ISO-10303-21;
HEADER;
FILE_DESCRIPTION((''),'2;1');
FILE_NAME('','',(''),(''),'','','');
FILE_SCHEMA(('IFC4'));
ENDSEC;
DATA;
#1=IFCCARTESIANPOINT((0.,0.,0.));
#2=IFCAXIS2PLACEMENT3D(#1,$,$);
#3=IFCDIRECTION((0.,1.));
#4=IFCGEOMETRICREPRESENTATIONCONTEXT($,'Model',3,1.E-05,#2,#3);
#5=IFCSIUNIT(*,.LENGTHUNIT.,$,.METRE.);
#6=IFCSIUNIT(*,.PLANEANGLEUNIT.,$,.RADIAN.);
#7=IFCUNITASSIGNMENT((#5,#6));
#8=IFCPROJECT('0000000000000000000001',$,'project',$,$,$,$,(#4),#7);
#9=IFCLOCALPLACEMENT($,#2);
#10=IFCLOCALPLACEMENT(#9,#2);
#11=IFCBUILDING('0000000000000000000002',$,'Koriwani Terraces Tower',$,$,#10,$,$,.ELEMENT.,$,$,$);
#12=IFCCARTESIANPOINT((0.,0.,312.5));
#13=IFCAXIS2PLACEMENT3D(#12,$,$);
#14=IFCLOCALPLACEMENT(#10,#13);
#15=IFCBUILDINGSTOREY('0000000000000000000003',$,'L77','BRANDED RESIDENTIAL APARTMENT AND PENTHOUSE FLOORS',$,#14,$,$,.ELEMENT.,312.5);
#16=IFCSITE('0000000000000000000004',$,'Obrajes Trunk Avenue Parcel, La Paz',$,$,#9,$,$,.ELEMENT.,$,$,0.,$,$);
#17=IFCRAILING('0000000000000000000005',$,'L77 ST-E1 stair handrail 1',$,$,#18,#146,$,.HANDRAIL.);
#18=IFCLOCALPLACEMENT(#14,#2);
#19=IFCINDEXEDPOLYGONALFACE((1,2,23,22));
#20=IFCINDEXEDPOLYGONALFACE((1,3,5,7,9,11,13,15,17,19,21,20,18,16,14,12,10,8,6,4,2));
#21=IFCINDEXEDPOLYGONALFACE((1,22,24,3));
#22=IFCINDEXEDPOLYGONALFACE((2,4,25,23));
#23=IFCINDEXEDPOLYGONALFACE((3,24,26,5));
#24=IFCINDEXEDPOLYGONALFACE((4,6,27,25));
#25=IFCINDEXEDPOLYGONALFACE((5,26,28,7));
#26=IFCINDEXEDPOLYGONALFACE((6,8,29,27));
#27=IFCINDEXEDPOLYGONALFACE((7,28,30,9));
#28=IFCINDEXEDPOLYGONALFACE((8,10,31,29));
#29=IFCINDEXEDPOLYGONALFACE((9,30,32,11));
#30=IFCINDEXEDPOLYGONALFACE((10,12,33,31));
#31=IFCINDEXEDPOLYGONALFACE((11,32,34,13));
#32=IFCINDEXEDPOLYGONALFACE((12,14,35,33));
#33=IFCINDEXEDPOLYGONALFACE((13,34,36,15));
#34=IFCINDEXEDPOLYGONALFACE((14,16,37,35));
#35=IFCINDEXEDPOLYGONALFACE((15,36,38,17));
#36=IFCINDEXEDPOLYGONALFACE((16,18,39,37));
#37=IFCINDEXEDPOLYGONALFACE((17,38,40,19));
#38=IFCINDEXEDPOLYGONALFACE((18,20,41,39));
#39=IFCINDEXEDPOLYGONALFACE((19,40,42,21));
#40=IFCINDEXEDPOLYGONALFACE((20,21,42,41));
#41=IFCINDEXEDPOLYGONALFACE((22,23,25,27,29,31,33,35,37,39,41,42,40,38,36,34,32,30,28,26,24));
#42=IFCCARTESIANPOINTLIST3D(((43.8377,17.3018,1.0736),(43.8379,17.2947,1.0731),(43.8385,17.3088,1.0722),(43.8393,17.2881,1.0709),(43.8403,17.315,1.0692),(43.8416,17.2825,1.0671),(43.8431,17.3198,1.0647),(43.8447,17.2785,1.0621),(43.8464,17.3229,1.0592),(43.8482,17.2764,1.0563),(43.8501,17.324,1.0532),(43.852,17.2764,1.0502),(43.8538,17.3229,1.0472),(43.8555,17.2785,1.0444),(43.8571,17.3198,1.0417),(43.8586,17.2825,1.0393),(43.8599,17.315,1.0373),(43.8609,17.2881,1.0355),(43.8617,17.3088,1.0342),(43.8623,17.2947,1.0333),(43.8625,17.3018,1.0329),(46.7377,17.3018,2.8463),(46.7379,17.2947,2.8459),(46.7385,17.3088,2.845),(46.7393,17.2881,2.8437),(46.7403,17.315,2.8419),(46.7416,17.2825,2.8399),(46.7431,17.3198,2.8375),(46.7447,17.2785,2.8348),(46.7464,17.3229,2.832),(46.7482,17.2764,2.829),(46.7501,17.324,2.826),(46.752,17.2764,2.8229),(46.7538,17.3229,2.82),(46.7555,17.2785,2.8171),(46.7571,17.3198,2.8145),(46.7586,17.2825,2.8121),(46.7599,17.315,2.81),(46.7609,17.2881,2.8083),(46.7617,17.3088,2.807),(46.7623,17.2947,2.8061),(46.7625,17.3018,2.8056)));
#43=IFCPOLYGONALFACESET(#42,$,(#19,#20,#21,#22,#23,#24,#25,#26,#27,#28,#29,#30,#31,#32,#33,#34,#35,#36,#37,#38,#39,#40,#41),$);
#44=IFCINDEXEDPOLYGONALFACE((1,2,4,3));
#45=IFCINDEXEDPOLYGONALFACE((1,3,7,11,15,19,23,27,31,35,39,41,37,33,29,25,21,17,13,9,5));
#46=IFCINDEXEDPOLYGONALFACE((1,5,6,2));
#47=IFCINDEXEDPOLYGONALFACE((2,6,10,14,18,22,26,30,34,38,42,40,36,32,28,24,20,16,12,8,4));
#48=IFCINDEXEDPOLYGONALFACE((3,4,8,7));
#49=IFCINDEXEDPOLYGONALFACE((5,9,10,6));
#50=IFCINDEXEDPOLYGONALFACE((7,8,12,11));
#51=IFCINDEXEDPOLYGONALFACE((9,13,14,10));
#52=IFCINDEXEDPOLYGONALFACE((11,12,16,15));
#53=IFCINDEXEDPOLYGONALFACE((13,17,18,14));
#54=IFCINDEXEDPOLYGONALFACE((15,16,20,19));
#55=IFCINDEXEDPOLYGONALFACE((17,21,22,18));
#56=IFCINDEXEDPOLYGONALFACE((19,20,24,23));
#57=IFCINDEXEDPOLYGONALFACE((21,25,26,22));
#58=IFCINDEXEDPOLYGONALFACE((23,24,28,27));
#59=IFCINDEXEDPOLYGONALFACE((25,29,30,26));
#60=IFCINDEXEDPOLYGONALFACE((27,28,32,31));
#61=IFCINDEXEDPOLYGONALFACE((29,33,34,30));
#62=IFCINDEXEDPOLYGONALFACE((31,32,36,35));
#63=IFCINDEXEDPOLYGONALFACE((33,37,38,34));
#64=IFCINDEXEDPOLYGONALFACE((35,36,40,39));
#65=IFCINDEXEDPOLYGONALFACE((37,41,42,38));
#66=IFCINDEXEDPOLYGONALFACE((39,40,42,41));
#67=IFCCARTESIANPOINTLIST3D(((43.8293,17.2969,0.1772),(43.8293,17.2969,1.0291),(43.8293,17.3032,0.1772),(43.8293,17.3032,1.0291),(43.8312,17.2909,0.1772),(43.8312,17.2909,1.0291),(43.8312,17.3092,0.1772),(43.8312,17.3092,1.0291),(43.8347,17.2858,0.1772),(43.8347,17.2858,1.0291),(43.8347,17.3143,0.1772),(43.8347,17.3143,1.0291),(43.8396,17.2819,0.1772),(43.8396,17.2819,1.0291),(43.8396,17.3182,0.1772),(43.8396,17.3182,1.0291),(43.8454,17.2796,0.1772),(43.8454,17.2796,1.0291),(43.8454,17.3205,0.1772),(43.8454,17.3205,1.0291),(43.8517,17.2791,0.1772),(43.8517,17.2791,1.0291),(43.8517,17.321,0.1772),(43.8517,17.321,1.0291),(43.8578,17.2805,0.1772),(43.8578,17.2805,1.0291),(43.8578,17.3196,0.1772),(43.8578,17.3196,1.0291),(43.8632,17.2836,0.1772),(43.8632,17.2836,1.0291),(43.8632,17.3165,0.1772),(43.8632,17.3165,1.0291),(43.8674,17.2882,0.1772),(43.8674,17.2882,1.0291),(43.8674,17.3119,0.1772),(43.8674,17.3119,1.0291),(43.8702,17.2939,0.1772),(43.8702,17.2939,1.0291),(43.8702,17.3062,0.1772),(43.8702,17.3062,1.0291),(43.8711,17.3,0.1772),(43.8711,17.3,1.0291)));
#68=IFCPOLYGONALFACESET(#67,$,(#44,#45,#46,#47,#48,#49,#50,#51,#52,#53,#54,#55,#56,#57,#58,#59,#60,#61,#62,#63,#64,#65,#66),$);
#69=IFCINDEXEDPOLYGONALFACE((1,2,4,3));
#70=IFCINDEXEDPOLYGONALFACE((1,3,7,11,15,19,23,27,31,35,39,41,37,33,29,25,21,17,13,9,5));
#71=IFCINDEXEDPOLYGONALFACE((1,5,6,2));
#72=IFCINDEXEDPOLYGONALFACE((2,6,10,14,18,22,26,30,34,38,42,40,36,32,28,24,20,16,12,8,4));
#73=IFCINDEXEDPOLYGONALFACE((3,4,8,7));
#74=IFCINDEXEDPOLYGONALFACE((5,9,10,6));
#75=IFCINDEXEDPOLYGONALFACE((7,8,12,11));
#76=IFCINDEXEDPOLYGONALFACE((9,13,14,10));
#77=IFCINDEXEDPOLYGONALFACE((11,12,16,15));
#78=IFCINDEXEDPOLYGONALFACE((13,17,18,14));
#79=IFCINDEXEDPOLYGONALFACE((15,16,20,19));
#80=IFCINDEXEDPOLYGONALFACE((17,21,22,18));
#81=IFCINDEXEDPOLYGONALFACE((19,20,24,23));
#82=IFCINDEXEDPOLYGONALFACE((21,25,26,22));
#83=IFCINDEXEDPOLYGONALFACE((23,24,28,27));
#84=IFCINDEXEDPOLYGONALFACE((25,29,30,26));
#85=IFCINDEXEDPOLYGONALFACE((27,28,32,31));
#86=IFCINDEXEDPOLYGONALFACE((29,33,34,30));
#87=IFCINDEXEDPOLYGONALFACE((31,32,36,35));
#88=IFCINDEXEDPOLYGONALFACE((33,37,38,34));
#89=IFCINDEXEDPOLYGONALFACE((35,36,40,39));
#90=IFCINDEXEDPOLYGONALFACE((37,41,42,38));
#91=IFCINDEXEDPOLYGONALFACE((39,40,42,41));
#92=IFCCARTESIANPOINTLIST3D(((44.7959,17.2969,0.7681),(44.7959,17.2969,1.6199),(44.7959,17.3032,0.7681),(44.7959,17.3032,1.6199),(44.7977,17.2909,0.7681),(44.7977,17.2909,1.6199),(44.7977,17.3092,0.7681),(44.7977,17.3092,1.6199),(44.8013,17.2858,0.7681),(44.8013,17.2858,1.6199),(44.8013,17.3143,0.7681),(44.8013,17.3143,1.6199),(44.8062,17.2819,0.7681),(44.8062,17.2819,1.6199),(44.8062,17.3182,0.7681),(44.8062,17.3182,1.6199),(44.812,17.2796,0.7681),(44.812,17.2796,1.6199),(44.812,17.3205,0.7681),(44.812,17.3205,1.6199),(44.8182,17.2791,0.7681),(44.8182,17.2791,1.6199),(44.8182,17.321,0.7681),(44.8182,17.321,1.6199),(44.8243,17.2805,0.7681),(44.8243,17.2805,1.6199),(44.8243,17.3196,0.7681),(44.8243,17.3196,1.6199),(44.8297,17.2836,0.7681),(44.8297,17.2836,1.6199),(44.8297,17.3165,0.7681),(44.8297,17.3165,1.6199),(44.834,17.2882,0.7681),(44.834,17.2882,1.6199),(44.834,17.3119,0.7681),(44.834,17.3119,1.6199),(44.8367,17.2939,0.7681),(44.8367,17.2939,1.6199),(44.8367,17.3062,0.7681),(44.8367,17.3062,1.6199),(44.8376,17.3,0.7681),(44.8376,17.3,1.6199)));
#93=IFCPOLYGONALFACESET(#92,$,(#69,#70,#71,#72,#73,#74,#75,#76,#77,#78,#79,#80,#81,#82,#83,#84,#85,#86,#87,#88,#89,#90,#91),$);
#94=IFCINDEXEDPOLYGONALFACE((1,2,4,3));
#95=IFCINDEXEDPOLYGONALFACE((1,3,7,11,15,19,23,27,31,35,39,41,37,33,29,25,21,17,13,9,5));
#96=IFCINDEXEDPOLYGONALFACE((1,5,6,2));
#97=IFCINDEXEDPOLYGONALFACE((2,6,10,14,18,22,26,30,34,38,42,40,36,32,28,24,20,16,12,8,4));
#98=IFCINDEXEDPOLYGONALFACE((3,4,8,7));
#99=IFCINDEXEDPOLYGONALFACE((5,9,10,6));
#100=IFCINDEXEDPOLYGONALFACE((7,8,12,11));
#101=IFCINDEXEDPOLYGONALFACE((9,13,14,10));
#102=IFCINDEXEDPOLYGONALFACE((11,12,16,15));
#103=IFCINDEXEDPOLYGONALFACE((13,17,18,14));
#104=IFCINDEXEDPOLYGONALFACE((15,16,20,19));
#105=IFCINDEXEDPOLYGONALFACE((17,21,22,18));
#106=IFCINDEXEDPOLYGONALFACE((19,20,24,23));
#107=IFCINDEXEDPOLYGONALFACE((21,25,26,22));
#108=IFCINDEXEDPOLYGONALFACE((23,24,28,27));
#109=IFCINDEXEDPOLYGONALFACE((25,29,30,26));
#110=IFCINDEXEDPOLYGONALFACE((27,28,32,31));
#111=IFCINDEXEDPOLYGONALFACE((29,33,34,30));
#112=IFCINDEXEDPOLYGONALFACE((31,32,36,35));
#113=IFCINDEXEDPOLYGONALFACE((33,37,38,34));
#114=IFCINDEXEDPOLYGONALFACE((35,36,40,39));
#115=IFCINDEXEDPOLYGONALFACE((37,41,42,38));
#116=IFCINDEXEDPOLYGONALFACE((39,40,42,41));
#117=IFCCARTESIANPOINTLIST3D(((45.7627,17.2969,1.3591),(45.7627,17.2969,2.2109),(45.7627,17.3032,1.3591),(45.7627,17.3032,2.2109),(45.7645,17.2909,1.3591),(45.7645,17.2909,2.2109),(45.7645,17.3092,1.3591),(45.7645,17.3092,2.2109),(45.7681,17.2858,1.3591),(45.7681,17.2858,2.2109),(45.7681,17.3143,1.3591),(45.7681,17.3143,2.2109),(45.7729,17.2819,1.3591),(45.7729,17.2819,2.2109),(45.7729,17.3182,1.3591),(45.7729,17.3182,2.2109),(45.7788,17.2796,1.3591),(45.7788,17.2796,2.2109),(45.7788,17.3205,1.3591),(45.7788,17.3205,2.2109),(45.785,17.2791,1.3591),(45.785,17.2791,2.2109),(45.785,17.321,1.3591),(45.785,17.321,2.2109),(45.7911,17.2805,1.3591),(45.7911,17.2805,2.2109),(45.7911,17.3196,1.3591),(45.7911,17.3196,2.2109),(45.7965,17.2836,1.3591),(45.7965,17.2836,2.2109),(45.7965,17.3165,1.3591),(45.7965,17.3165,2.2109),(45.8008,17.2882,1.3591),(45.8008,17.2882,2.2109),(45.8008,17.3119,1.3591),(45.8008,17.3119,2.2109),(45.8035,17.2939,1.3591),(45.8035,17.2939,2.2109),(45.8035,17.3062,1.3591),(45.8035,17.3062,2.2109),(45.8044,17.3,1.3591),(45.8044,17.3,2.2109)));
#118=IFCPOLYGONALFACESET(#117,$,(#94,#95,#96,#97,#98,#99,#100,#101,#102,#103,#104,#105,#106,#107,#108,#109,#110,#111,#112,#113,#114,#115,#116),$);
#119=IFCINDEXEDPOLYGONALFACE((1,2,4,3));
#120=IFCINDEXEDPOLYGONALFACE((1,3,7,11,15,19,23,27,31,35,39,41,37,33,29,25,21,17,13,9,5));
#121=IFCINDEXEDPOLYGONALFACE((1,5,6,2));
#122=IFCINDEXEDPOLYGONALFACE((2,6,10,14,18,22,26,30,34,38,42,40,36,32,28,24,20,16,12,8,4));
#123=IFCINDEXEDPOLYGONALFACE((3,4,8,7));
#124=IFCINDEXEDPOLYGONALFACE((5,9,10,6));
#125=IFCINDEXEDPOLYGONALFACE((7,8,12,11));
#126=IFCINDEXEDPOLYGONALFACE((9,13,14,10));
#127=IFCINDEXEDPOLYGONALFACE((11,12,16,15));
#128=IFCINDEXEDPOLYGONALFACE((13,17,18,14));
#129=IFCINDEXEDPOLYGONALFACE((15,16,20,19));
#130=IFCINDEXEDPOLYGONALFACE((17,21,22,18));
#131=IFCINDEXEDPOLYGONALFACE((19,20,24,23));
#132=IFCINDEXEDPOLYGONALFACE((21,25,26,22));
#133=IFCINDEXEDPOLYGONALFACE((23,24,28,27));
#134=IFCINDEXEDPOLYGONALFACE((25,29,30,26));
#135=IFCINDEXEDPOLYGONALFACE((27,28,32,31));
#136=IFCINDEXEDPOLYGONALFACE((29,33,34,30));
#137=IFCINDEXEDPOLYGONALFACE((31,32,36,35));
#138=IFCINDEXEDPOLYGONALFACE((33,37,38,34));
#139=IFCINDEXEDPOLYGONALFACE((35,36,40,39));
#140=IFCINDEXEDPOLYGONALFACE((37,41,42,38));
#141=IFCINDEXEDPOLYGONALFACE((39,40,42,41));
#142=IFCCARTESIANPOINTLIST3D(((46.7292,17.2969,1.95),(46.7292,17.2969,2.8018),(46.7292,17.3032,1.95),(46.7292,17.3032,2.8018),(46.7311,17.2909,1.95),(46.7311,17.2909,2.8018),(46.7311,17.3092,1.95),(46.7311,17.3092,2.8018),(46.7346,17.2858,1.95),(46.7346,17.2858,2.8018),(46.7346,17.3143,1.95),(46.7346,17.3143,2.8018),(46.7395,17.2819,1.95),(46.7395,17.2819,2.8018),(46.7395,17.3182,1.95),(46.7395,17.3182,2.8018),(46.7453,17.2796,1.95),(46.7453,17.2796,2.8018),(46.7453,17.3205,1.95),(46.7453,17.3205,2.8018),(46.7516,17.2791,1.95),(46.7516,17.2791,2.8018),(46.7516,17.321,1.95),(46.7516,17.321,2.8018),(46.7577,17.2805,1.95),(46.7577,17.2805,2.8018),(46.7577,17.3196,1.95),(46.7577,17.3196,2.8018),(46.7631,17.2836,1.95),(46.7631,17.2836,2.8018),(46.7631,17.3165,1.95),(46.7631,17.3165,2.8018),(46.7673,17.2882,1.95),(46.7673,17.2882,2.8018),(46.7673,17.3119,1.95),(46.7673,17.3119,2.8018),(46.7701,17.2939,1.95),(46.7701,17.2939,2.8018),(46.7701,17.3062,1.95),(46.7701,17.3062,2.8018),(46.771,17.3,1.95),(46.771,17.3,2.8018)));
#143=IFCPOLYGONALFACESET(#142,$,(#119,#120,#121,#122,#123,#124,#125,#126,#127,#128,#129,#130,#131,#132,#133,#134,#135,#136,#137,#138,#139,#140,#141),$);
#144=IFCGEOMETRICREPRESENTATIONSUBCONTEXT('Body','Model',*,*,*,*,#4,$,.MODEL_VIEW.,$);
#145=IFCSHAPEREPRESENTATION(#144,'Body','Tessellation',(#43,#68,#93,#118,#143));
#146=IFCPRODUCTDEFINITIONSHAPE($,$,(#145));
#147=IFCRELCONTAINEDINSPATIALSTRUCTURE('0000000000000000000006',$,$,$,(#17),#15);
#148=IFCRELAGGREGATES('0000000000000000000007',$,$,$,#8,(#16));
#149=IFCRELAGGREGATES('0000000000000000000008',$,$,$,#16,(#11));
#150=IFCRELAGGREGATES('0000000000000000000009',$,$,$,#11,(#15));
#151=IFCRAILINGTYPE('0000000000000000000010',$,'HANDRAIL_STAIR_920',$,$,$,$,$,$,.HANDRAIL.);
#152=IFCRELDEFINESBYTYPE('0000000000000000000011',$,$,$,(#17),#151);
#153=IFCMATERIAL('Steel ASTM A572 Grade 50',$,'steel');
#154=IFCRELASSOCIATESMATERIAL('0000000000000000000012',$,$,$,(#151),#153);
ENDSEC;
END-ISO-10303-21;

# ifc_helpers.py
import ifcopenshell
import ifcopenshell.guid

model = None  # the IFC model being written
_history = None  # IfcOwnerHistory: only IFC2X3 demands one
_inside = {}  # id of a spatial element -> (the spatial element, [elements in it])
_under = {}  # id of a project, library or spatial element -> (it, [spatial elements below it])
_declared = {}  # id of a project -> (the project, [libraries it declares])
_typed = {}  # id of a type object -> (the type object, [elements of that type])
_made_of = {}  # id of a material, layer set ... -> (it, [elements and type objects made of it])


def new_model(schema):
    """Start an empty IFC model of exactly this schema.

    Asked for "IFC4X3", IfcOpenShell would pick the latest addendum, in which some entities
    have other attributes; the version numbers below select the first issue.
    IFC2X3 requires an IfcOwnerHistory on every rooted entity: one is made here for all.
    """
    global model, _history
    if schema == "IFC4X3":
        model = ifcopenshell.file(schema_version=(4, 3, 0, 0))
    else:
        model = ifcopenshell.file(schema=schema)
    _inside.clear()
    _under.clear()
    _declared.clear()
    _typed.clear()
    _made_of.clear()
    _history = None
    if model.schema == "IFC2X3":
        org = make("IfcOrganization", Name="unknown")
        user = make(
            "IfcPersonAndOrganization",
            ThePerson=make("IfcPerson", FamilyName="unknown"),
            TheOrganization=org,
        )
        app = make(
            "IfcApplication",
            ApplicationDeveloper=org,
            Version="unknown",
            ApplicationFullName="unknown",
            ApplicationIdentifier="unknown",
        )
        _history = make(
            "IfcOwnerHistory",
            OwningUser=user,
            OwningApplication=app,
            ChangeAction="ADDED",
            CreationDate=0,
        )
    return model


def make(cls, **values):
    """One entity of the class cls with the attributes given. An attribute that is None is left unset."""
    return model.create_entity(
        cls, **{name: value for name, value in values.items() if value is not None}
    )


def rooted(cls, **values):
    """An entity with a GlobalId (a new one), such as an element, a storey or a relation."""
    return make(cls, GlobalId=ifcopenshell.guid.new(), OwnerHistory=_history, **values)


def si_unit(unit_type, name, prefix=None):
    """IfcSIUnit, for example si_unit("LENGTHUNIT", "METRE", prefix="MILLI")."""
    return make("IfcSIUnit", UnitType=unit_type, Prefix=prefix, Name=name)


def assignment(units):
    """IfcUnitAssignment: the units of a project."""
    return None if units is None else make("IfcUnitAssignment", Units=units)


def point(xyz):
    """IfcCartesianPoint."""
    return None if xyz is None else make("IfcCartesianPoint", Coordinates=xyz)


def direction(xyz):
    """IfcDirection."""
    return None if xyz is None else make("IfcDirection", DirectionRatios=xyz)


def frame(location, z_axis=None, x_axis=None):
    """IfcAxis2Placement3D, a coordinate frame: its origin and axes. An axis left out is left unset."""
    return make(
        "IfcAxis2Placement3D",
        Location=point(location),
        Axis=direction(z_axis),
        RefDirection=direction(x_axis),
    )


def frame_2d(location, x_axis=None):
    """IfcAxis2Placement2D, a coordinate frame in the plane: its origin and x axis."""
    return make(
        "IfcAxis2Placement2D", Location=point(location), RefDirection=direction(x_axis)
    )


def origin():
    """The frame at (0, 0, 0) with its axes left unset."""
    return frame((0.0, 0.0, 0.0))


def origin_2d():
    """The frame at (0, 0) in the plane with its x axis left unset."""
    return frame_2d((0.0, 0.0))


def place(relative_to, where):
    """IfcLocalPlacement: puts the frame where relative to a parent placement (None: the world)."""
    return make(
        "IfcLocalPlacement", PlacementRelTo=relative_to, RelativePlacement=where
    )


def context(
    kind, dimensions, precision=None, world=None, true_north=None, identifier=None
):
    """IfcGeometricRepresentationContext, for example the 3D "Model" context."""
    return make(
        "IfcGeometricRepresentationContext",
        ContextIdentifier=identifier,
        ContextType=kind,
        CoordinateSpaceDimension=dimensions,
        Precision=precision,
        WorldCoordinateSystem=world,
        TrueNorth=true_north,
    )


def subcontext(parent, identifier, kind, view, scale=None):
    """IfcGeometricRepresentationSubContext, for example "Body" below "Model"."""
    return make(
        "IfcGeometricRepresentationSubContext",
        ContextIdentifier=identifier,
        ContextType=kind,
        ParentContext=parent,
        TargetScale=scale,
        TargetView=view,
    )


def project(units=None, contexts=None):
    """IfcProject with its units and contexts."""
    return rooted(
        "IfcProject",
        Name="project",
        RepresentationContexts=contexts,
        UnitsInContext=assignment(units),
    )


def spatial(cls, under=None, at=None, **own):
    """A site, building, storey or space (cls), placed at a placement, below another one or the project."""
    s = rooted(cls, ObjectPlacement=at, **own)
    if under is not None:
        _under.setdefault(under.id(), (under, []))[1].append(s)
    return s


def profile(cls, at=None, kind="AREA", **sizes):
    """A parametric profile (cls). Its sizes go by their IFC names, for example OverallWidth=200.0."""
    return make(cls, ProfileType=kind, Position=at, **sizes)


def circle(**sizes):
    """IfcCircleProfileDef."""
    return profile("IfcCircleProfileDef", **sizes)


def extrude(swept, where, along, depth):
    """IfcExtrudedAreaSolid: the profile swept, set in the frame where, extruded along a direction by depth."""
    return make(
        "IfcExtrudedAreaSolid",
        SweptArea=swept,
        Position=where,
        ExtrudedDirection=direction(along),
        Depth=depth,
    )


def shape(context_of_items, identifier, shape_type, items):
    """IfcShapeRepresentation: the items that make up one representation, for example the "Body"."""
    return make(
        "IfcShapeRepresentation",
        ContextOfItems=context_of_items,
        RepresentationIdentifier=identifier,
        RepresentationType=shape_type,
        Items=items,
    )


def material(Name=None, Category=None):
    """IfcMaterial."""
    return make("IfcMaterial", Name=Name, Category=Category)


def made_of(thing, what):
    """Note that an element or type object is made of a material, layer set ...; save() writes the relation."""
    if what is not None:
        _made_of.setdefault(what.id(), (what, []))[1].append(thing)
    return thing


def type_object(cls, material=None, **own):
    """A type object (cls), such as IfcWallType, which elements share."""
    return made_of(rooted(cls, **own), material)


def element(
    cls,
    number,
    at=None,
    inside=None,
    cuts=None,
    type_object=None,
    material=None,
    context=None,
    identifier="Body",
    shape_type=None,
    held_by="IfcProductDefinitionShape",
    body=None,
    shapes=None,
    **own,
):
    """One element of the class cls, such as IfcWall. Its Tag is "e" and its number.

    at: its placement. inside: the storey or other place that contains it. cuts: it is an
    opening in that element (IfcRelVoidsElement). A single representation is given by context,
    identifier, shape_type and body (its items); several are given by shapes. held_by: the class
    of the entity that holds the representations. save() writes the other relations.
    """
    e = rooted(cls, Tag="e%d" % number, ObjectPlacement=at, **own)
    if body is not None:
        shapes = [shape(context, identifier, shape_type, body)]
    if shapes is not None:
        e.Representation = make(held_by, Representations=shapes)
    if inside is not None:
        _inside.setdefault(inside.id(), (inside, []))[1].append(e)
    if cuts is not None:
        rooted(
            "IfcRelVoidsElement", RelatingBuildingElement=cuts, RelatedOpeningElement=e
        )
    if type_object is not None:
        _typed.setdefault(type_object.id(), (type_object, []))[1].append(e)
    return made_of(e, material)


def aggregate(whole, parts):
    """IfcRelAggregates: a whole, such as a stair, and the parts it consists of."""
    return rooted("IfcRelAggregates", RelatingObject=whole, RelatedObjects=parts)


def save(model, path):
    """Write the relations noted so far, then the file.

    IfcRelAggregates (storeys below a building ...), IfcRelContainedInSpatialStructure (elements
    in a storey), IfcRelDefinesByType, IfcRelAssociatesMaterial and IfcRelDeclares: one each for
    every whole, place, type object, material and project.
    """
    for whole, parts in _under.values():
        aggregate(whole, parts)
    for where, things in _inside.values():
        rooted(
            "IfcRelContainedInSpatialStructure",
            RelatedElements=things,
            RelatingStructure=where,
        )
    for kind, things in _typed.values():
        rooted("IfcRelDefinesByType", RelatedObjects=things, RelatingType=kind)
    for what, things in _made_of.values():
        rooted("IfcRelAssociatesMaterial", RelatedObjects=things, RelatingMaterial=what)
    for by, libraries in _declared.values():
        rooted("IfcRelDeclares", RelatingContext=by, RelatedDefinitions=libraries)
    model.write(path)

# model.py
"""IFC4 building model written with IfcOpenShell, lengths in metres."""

from ifc_helpers import new_model, si_unit, direction, frame, origin, origin_2d, place, context, subcontext, project, spatial, circle, extrude, material, type_object, element, save


model = new_model("IFC4")

# Units and contexts
model_context = context("Model", 3, precision=1e-05, world=origin(), true_north=direction((0.0, 1.0)))
body_context = subcontext(model_context, "Body", "Model", "MODEL_VIEW")
ifc_project = project(units=[si_unit("LENGTHUNIT", "METRE"), si_unit("PLANEANGLEUNIT", "RADIAN")], contexts=[model_context])

# Site, building, storey
site_placement = place(None, origin())
site = spatial("IfcSite", under=ifc_project, at=site_placement, Name="Obrajes Trunk Avenue Parcel, La Paz", CompositionType="ELEMENT", RefElevation=0.0)
building_placement = place(site_placement, origin())
building = spatial("IfcBuilding", under=site, at=building_placement, Name="Koriwani Terraces Tower", CompositionType="ELEMENT")
storey_placement = place(building_placement, frame((0.0, 0.0, 312.5)))
storey = spatial("IfcBuildingStorey", under=building, at=storey_placement, Name="L77", Description="BRANDED RESIDENTIAL APARTMENT AND PENTHOUSE FLOORS", CompositionType="ELEMENT", Elevation=312.5)

# Railing
ifc_material_1 = material(Name="Steel ASTM A572 Grade 50", Category="steel")
railing_type_1 = type_object("IfcRailingType", Name="HANDRAIL_STAIR_920", PredefinedType="HANDRAIL", material=ifc_material_1)
railing_1_placement = place(storey_placement, frame((43.8501, 17.3, 0.1772)))
element("IfcRailing", 1, at=railing_1_placement, inside=storey, type_object=railing_type_1, Name="L77 ST-E1 stair handrail 1", PredefinedType="HANDRAIL", context=body_context, shape_type="SweptSolid", body=[
    extrude(circle(Radius=0.0239, at=origin_2d()), frame((0.0, 0.0, 0.876), z_axis=(0.853211, 0.0, 0.521566), x_axis=(0.0, 1.0, 0.0)), (0.0, 0.0, 1.0), 3.3989),
    extrude(circle(Radius=0.021, at=origin_2d()), origin(), (0.0, 0.0, 1.0), 0.8518),
    extrude(circle(Radius=0.021, at=origin_2d()), frame((0.9666, 0.0, 0.5908)), (0.0, 0.0, 1.0), 0.8518),
    extrude(circle(Radius=0.021, at=origin_2d()), frame((1.9333, 0.0, 1.1819)), (0.0, 0.0, 1.0), 0.8518),
    extrude(circle(Radius=0.021, at=origin_2d()), frame((2.8999, 0.0, 1.7727)), (0.0, 0.0, 1.0), 0.8518),
])

save(model, "model.ifc")
